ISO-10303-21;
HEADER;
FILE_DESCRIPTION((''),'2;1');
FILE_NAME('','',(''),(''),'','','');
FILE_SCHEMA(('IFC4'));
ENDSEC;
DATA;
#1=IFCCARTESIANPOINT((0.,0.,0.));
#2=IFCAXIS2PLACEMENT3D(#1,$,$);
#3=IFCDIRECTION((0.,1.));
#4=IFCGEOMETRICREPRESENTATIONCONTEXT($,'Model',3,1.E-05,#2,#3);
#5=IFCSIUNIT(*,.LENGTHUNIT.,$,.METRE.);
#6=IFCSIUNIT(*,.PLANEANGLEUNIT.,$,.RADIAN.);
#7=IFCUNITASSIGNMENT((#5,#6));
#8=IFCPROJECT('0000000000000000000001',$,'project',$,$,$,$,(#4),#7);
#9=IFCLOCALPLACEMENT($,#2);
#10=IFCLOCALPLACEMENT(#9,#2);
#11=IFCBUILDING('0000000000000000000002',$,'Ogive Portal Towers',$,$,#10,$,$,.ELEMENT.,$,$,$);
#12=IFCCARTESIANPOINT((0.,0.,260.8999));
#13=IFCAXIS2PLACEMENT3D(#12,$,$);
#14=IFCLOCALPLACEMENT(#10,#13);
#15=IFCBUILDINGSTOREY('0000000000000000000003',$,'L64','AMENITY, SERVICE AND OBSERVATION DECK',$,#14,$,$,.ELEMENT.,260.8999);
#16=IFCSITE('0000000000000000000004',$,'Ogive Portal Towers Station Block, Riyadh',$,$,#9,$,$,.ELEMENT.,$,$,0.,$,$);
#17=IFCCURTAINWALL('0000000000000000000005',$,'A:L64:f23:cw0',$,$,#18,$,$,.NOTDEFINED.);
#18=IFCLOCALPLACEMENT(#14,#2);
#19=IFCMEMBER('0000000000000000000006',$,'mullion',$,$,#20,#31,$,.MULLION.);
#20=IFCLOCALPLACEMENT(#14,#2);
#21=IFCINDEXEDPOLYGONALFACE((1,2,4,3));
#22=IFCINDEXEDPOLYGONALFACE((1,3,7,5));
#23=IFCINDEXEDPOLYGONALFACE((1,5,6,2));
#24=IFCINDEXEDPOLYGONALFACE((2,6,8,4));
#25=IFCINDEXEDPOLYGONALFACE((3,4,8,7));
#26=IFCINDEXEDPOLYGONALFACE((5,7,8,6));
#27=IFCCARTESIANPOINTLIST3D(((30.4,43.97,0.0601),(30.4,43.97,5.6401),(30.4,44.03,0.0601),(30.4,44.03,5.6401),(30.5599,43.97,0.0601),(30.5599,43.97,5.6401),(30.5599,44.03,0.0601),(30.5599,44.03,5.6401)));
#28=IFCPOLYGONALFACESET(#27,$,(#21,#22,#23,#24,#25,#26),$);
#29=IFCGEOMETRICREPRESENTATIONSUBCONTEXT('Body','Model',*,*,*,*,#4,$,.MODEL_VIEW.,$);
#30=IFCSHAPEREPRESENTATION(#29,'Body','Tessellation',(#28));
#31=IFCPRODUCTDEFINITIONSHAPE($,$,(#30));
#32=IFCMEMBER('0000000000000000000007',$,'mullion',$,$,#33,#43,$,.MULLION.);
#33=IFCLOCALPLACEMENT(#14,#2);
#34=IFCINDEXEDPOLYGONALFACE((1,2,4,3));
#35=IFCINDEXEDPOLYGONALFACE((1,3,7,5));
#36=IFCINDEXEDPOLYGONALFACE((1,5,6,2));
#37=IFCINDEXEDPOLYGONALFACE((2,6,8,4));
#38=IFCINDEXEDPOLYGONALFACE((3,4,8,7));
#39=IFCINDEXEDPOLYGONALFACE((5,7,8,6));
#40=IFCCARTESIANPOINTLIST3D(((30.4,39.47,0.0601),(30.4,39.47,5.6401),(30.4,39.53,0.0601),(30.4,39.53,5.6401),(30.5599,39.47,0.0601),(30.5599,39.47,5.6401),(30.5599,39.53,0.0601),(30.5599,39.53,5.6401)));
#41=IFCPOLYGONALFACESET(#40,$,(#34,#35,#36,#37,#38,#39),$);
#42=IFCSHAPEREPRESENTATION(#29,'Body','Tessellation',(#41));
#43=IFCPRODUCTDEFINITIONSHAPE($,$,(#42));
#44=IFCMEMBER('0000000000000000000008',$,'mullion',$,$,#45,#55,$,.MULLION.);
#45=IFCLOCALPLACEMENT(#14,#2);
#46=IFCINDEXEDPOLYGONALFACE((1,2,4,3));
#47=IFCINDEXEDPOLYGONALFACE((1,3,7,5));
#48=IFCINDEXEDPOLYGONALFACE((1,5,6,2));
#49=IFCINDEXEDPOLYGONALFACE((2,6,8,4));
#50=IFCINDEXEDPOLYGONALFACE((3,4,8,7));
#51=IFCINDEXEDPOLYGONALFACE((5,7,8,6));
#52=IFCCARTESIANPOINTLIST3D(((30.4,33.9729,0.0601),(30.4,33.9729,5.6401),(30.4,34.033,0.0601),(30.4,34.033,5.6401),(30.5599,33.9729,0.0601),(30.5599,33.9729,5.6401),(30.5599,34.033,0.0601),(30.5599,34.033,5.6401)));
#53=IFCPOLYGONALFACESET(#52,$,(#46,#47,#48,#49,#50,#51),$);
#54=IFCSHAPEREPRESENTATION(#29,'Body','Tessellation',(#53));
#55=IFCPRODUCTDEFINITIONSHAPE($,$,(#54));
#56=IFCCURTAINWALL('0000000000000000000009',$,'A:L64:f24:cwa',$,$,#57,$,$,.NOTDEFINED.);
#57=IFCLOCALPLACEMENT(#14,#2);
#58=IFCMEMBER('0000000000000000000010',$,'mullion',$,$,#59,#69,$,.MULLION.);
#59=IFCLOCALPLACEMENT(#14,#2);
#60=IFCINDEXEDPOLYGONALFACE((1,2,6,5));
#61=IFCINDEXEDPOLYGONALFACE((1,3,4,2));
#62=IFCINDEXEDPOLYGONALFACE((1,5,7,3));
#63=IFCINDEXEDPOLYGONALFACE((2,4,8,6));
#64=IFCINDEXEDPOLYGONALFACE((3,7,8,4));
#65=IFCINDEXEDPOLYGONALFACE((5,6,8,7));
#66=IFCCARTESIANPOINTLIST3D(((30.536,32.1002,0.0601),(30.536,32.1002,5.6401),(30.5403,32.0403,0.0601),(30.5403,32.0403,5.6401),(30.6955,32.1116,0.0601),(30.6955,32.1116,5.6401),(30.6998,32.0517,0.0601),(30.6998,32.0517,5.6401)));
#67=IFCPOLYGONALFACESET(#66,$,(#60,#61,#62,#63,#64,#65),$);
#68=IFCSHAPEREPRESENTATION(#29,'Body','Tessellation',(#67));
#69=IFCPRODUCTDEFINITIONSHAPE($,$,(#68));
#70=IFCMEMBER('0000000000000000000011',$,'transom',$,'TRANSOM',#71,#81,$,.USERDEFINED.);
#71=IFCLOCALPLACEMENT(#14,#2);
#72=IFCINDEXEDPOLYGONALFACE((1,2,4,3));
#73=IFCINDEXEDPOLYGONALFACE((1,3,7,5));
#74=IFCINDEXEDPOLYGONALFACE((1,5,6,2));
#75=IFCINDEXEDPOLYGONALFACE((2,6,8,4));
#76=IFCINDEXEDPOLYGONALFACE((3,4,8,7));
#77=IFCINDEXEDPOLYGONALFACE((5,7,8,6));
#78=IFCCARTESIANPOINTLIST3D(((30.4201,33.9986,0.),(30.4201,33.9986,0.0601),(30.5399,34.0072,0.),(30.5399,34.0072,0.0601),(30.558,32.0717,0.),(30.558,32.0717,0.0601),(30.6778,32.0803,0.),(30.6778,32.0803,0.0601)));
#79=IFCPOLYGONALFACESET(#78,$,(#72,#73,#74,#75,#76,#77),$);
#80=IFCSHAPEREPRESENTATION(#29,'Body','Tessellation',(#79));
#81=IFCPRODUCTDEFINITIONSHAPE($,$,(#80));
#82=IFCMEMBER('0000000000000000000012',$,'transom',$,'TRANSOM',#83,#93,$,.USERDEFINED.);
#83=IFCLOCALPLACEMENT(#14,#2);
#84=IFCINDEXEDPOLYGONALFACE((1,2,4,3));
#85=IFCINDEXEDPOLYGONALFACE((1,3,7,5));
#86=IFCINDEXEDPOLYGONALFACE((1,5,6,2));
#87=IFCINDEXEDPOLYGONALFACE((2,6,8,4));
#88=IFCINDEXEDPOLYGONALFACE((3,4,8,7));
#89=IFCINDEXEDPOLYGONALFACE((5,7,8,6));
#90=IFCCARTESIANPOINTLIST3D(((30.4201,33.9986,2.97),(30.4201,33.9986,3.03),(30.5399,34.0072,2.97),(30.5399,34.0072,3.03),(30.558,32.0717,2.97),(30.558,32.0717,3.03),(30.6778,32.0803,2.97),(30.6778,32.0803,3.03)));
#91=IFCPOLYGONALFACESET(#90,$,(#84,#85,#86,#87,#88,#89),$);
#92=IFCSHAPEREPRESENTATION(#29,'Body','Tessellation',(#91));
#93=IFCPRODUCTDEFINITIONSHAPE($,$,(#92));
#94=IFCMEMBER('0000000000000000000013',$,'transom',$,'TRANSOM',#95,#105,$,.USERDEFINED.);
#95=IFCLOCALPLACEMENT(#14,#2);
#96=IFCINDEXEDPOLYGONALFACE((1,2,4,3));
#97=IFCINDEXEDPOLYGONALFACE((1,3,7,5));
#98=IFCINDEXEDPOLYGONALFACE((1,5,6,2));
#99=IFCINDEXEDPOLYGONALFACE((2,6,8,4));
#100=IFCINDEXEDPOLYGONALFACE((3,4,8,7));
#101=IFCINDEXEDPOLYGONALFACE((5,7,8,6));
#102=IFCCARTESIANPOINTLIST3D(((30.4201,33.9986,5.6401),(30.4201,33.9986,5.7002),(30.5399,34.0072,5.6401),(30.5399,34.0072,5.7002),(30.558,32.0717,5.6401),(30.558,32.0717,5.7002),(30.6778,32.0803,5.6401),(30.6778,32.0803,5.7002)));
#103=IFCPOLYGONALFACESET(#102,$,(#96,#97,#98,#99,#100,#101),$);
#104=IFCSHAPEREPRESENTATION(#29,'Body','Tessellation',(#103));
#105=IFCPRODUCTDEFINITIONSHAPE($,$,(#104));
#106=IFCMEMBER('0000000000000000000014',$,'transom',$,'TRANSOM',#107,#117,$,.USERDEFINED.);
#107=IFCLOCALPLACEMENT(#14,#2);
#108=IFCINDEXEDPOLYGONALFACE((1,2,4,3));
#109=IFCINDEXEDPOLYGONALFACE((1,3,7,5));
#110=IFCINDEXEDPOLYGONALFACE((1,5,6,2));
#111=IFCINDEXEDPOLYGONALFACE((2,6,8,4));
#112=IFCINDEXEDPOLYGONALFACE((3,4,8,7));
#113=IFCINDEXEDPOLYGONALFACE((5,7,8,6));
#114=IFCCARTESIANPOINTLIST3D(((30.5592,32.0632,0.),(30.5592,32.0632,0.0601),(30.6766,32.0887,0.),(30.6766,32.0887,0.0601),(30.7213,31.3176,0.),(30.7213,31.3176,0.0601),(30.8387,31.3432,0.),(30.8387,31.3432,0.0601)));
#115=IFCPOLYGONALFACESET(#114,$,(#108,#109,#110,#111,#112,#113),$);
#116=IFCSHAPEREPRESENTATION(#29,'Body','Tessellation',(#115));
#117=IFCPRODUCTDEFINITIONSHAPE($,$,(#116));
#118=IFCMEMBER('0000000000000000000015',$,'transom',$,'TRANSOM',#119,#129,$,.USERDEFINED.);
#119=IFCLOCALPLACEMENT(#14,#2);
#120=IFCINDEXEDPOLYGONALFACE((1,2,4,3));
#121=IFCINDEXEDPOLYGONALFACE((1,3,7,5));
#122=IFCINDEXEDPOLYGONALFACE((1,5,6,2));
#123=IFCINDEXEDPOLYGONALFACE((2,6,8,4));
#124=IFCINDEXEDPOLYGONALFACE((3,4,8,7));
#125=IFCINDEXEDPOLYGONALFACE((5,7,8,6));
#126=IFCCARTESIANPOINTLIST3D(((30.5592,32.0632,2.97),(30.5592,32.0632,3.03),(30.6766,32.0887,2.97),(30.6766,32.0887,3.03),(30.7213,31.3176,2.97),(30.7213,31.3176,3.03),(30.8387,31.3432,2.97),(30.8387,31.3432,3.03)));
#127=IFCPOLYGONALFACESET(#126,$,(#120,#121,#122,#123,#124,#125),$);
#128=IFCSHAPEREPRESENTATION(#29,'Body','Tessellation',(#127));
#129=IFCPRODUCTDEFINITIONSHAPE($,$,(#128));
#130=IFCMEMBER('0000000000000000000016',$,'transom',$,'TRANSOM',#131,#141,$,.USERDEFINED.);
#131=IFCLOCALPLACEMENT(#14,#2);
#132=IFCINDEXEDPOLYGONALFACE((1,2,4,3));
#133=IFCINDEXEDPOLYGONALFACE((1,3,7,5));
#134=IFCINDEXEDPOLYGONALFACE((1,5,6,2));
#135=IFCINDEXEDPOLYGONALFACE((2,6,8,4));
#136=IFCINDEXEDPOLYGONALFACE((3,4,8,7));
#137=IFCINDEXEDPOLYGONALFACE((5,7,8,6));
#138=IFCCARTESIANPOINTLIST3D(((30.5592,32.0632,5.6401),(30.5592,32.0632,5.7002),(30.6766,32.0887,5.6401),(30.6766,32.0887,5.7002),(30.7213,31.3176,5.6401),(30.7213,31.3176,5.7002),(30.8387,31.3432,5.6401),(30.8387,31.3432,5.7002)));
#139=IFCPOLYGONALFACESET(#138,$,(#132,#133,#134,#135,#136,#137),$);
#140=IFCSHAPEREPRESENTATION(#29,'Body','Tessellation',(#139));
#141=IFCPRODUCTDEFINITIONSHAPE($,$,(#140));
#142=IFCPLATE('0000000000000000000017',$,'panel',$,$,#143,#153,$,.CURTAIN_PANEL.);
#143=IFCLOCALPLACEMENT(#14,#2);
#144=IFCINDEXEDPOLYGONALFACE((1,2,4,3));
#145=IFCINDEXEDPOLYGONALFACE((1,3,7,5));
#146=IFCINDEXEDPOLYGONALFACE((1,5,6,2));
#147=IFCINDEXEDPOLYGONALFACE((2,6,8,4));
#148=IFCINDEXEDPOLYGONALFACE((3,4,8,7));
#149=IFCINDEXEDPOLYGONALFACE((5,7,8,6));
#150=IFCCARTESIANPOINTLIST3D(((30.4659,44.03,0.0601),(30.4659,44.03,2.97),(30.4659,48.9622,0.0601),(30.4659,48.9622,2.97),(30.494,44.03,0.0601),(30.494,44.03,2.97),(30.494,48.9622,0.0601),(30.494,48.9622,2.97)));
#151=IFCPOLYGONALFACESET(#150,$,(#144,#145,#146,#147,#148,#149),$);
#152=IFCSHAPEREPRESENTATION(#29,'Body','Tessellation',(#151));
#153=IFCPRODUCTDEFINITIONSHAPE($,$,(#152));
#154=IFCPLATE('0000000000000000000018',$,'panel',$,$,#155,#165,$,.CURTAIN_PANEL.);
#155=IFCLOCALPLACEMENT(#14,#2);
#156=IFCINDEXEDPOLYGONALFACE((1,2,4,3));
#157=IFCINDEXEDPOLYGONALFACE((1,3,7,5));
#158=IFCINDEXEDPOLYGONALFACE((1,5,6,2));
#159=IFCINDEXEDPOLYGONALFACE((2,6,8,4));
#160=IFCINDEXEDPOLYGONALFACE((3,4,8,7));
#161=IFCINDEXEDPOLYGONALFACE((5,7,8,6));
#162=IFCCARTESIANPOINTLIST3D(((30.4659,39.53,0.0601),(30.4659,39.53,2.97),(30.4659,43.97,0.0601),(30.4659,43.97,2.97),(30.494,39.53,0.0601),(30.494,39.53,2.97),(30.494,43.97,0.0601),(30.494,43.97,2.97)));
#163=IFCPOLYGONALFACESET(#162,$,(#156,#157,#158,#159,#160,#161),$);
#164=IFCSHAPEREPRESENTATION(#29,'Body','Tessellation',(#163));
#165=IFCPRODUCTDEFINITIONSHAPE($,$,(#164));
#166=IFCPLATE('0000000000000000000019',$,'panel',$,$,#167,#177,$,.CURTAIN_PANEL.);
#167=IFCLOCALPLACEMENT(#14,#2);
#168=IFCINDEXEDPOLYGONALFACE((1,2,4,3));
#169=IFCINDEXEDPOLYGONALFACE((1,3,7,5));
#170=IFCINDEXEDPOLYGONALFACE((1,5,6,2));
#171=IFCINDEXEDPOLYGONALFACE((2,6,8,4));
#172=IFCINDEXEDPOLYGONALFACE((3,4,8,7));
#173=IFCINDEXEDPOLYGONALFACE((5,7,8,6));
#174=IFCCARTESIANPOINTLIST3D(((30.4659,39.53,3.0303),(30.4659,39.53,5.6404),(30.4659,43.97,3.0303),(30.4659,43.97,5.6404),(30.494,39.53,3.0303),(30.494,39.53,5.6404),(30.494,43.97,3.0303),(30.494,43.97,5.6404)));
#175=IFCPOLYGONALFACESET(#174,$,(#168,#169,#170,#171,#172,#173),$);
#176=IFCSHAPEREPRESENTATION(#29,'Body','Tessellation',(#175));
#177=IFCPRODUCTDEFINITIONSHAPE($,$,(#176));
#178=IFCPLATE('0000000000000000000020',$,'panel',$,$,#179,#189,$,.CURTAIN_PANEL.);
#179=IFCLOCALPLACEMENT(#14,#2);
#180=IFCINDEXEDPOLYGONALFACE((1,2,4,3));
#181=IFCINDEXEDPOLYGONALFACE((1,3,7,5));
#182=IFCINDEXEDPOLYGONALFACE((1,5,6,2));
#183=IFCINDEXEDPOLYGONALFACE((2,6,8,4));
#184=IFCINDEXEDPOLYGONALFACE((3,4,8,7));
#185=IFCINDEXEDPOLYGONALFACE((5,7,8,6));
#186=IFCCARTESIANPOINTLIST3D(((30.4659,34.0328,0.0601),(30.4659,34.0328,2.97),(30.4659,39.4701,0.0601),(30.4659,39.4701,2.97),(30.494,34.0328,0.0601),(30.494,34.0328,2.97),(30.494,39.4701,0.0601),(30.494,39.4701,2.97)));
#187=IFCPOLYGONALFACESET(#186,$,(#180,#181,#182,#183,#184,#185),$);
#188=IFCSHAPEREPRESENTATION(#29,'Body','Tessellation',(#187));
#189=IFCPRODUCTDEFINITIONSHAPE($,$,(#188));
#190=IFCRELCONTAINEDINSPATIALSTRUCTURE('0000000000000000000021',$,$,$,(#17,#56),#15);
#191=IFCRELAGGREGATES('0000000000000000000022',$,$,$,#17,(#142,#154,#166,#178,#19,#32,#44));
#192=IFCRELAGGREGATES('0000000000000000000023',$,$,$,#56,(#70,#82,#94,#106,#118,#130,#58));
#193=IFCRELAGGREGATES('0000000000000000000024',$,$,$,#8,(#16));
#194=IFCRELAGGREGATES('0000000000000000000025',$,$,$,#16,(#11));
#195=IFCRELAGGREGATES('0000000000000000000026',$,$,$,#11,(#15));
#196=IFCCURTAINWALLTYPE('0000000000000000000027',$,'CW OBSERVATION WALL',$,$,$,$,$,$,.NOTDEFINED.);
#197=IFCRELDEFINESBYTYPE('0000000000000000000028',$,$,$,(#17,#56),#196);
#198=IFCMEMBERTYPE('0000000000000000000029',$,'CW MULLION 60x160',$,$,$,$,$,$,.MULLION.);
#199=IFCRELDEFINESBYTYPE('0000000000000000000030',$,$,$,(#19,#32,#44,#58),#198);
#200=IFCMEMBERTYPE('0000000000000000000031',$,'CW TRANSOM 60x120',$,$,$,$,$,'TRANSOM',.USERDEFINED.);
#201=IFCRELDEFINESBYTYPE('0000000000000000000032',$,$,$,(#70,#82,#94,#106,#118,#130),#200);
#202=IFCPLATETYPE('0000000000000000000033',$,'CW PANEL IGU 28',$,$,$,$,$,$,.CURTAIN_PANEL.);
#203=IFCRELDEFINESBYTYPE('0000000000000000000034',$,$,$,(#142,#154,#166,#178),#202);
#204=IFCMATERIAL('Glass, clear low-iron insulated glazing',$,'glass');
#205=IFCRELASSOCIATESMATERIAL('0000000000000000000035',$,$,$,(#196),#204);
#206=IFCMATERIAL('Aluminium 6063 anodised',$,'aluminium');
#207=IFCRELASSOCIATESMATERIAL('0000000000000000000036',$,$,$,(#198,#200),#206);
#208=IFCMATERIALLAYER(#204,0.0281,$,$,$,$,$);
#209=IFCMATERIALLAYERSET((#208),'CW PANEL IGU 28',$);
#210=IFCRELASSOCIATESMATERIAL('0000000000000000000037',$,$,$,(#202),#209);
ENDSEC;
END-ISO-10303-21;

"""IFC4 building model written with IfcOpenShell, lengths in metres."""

from ifc_helpers import new_model, si_unit, direction, frame, origin, origin_2d, place, context, subcontext, project, spatial, rectangle, extrude, material, layer, layer_set, material_profile, profile_set, type_object, element, aggregate, save


model = new_model("IFC4")

# Units and contexts
model_context = context("Model", 3, precision=1e-05, world=origin(), true_north=direction((0.0, 1.0)))
body_context = subcontext(model_context, "Body", "Model", "MODEL_VIEW")
ifc_project = project(units=[si_unit("LENGTHUNIT", "METRE"), si_unit("PLANEANGLEUNIT", "RADIAN")], contexts=[model_context])

# Site, building, storey
site_placement = place(None, origin())
site = spatial("IfcSite", under=ifc_project, at=site_placement, Name="Ogive Portal Towers Station Block, Riyadh", CompositionType="ELEMENT", RefElevation=0.0)
building_placement = place(site_placement, origin())
building = spatial("IfcBuilding", under=site, at=building_placement, Name="Ogive Portal Towers", CompositionType="ELEMENT")
storey_placement = place(building_placement, frame((0.0, 0.0, 260.8999)))
storey = spatial("IfcBuildingStorey", under=building, at=storey_placement, Name="L64", Description="AMENITY, SERVICE AND OBSERVATION DECK", CompositionType="ELEMENT", Elevation=260.8999)

# Curtain walls, members
ifc_material_1 = material(Name="Glass, clear low-iron insulated glazing", Category="glass")
curtain_wall_type = type_object("IfcCurtainWallType", Name="CW OBSERVATION WALL", PredefinedType="NOTDEFINED", material=ifc_material_1)
curtain_wall_1_placement = place(storey_placement, origin())
curtain_wall_1 = element("IfcCurtainWall", 1, at=curtain_wall_1_placement, inside=storey, type_object=curtain_wall_type, Name="A:L64:f23:cw0", PredefinedType="NOTDEFINED")
ifc_material_2 = material(Name="Aluminium 6063 anodised", Category="aluminium")
ifc_material_profile_1 = material_profile(ifc_material_2, rectangle(XDim=0.1599, YDim=0.0601, at=origin_2d()), Name="AL 60x160")
ifc_profile_set_1 = profile_set([ifc_material_profile_1], Name="Aluminium 6063 anodised")
member_type_1 = type_object("IfcMemberType", Name="CW MULLION 60x160", PredefinedType="MULLION", material=ifc_profile_set_1)
member_1_placement = place(storey_placement, frame((30.48, 44.0, 0.0601), z_axis=(0.0, 0.0, 1.0), x_axis=(1.0, 0.0, 0.0)))
member_1 = element("IfcMember", 2, at=member_1_placement, type_object=member_type_1, Name="mullion", PredefinedType="MULLION", context=body_context, shape_type="SweptSolid", body=[
    extrude(rectangle(XDim=0.1599, YDim=0.0601, at=origin_2d()), origin(), (0.0, 0.0, 1.0), 5.5801),
])
member_2_placement = place(storey_placement, frame((30.48, 39.5, 0.0601), z_axis=(0.0, 0.0, 1.0), x_axis=(1.0, 0.0, 0.0)))
member_2 = element("IfcMember", 3, at=member_2_placement, type_object=member_type_1, Name="mullion", PredefinedType="MULLION", context=body_context, shape_type="SweptSolid", body=[
    extrude(rectangle(XDim=0.1599, YDim=0.0601, at=origin_2d()), origin(), (0.0, 0.0, 1.0), 5.5801),
])
member_3_placement = place(storey_placement, frame((30.48, 34.0029, 0.0601), z_axis=(0.0, 0.0, 1.0), x_axis=(1.0, 0.0, 0.0)))
member_3 = element("IfcMember", 4, at=member_3_placement, type_object=member_type_1, Name="mullion", PredefinedType="MULLION", context=body_context, shape_type="SweptSolid", body=[
    extrude(rectangle(XDim=0.1599, YDim=0.0601, at=origin_2d()), origin(), (0.0, 0.0, 1.0), 5.5801),
])
curtain_wall_2_placement = place(storey_placement, origin())
curtain_wall_2 = element("IfcCurtainWall", 5, at=curtain_wall_2_placement, inside=storey, type_object=curtain_wall_type, Name="A:L64:f24:cwa", PredefinedType="NOTDEFINED")
member_4_placement = place(storey_placement, frame((30.6179, 32.0759, 0.0601), z_axis=(0.0, 0.0, 1.0), x_axis=(0.997452, 0.071339, 0.0)))
member_4 = element("IfcMember", 6, at=member_4_placement, type_object=member_type_1, Name="mullion", PredefinedType="MULLION", context=body_context, shape_type="SweptSolid", body=[
    extrude(rectangle(XDim=0.1599, YDim=0.0601, at=origin_2d()), origin(), (0.0, 0.0, 1.0), 5.5801),
])
ifc_material_profile_2 = material_profile(ifc_material_2, rectangle(XDim=0.1201, YDim=0.0601, at=origin_2d()), Name="AL 120x60")
ifc_profile_set_2 = profile_set([ifc_material_profile_2], Name="Aluminium 6063 anodised")
member_type_2 = type_object("IfcMemberType", Name="CW TRANSOM 60x120", ElementType="TRANSOM", PredefinedType="USERDEFINED", material=ifc_profile_set_2)
member_5_placement = place(storey_placement, frame((30.48, 34.0029, 0.03), z_axis=(0.0714, -0.997448, 0.0), x_axis=(0.997448, 0.0714, 0.0)))
member_5 = element("IfcMember", 7, at=member_5_placement, type_object=member_type_2, Name="transom", ObjectType="TRANSOM", PredefinedType="USERDEFINED", context=body_context, shape_type="SweptSolid", body=[
    extrude(rectangle(XDim=0.1201, YDim=0.0601, at=origin_2d()), origin(), (0.0, 0.0, 1.0), 1.9319),
])
member_6_placement = place(storey_placement, frame((30.48, 34.0029, 3.0), z_axis=(0.0714, -0.997448, 0.0), x_axis=(0.997448, 0.0714, 0.0)))
member_6 = element("IfcMember", 8, at=member_6_placement, type_object=member_type_2, Name="transom", ObjectType="TRANSOM", PredefinedType="USERDEFINED", context=body_context, shape_type="SweptSolid", body=[
    extrude(rectangle(XDim=0.1201, YDim=0.0601, at=origin_2d()), origin(), (0.0, 0.0, 1.0), 1.9319),
])
member_7_placement = place(storey_placement, frame((30.48, 34.0029, 5.6702), z_axis=(0.0714, -0.997448, 0.0), x_axis=(0.997448, 0.0714, 0.0)))
member_7 = element("IfcMember", 9, at=member_7_placement, type_object=member_type_2, Name="transom", ObjectType="TRANSOM", PredefinedType="USERDEFINED", context=body_context, shape_type="SweptSolid", body=[
    extrude(rectangle(XDim=0.1201, YDim=0.0601, at=origin_2d()), origin(), (0.0, 0.0, 1.0), 1.9319),
])
member_8_placement = place(storey_placement, frame((30.6179, 32.0759, 0.03), z_axis=(0.212456, -0.977171, 0.0), x_axis=(0.977171, 0.212456, 0.0)))
member_8 = element("IfcMember", 10, at=member_8_placement, type_object=member_type_2, Name="transom", ObjectType="TRANSOM", PredefinedType="USERDEFINED", context=body_context, shape_type="SweptSolid", body=[
    extrude(rectangle(XDim=0.1201, YDim=0.0601, at=origin_2d()), origin(), (0.0, 0.0, 1.0), 0.7629),
])
member_9_placement = place(storey_placement, frame((30.6179, 32.0759, 3.0), z_axis=(0.212456, -0.977171, 0.0), x_axis=(0.977171, 0.212456, 0.0)))
member_9 = element("IfcMember", 11, at=member_9_placement, type_object=member_type_2, Name="transom", ObjectType="TRANSOM", PredefinedType="USERDEFINED", context=body_context, shape_type="SweptSolid", body=[
    extrude(rectangle(XDim=0.1201, YDim=0.0601, at=origin_2d()), origin(), (0.0, 0.0, 1.0), 0.7629),
])
member_10_placement = place(storey_placement, frame((30.6179, 32.0759, 5.6702), z_axis=(0.212456, -0.977171, 0.0), x_axis=(0.977171, 0.212456, 0.0)))
member_10 = element("IfcMember", 12, at=member_10_placement, type_object=member_type_2, Name="transom", ObjectType="TRANSOM", PredefinedType="USERDEFINED", context=body_context, shape_type="SweptSolid", body=[
    extrude(rectangle(XDim=0.1201, YDim=0.0601, at=origin_2d()), origin(), (0.0, 0.0, 1.0), 0.7629),
])

# Plates
ifc_layer_1 = layer(ifc_material_1, 0.0281)
ifc_layer_set_1 = layer_set([ifc_layer_1], Name="CW PANEL IGU 28")
plate_type = type_object("IfcPlateType", Name="CW PANEL IGU 28", PredefinedType="CURTAIN_PANEL", material=ifc_layer_set_1)
plate_1_placement = place(storey_placement, frame((30.48, 46.4961, 0.0601), z_axis=(0.0, 0.0, 1.0), x_axis=(0.0, -1.0, 0.0)))
plate_1 = element("IfcPlate", 13, at=plate_1_placement, type_object=plate_type, Name="panel", PredefinedType="CURTAIN_PANEL", context=body_context, shape_type="SweptSolid", body=[
    extrude(rectangle(XDim=4.9321, YDim=0.0281, at=origin_2d()), origin(), (0.0, 0.0, 1.0), 2.9099),
])
plate_2_placement = place(storey_placement, frame((30.48, 41.75, 0.0601), z_axis=(0.0, 0.0, 1.0), x_axis=(0.0, -1.0, 0.0)))
plate_2 = element("IfcPlate", 14, at=plate_2_placement, type_object=plate_type, Name="panel", PredefinedType="CURTAIN_PANEL", context=body_context, shape_type="SweptSolid", body=[
    extrude(rectangle(XDim=4.4399, YDim=0.0281, at=origin_2d()), origin(), (0.0, 0.0, 1.0), 2.9099),
])
plate_3_placement = place(storey_placement, frame((30.48, 41.75, 3.0303), z_axis=(0.0, 0.0, 1.0), x_axis=(0.0, -1.0, 0.0)))
plate_3 = element("IfcPlate", 15, at=plate_3_placement, type_object=plate_type, Name="panel", PredefinedType="CURTAIN_PANEL", context=body_context, shape_type="SweptSolid", body=[
    extrude(rectangle(XDim=4.4399, YDim=0.0281, at=origin_2d()), origin(), (0.0, 0.0, 1.0), 2.6101),
])
plate_4_placement = place(storey_placement, frame((30.48, 36.7515, 0.0601), z_axis=(0.0, 0.0, 1.0), x_axis=(0.0, -1.0, 0.0)))
plate_4 = element("IfcPlate", 16, at=plate_4_placement, type_object=plate_type, Name="panel", PredefinedType="CURTAIN_PANEL", context=body_context, shape_type="SweptSolid", body=[
    extrude(rectangle(XDim=5.4373, YDim=0.0281, at=origin_2d()), origin(), (0.0, 0.0, 1.0), 2.9099),
])
aggregate(curtain_wall_1, [plate_1, plate_2, plate_3, plate_4, member_1, member_2, member_3])
aggregate(curtain_wall_2, [member_5, member_6, member_7, member_8, member_9, member_10, member_4])

save(model, "model.ifc")
